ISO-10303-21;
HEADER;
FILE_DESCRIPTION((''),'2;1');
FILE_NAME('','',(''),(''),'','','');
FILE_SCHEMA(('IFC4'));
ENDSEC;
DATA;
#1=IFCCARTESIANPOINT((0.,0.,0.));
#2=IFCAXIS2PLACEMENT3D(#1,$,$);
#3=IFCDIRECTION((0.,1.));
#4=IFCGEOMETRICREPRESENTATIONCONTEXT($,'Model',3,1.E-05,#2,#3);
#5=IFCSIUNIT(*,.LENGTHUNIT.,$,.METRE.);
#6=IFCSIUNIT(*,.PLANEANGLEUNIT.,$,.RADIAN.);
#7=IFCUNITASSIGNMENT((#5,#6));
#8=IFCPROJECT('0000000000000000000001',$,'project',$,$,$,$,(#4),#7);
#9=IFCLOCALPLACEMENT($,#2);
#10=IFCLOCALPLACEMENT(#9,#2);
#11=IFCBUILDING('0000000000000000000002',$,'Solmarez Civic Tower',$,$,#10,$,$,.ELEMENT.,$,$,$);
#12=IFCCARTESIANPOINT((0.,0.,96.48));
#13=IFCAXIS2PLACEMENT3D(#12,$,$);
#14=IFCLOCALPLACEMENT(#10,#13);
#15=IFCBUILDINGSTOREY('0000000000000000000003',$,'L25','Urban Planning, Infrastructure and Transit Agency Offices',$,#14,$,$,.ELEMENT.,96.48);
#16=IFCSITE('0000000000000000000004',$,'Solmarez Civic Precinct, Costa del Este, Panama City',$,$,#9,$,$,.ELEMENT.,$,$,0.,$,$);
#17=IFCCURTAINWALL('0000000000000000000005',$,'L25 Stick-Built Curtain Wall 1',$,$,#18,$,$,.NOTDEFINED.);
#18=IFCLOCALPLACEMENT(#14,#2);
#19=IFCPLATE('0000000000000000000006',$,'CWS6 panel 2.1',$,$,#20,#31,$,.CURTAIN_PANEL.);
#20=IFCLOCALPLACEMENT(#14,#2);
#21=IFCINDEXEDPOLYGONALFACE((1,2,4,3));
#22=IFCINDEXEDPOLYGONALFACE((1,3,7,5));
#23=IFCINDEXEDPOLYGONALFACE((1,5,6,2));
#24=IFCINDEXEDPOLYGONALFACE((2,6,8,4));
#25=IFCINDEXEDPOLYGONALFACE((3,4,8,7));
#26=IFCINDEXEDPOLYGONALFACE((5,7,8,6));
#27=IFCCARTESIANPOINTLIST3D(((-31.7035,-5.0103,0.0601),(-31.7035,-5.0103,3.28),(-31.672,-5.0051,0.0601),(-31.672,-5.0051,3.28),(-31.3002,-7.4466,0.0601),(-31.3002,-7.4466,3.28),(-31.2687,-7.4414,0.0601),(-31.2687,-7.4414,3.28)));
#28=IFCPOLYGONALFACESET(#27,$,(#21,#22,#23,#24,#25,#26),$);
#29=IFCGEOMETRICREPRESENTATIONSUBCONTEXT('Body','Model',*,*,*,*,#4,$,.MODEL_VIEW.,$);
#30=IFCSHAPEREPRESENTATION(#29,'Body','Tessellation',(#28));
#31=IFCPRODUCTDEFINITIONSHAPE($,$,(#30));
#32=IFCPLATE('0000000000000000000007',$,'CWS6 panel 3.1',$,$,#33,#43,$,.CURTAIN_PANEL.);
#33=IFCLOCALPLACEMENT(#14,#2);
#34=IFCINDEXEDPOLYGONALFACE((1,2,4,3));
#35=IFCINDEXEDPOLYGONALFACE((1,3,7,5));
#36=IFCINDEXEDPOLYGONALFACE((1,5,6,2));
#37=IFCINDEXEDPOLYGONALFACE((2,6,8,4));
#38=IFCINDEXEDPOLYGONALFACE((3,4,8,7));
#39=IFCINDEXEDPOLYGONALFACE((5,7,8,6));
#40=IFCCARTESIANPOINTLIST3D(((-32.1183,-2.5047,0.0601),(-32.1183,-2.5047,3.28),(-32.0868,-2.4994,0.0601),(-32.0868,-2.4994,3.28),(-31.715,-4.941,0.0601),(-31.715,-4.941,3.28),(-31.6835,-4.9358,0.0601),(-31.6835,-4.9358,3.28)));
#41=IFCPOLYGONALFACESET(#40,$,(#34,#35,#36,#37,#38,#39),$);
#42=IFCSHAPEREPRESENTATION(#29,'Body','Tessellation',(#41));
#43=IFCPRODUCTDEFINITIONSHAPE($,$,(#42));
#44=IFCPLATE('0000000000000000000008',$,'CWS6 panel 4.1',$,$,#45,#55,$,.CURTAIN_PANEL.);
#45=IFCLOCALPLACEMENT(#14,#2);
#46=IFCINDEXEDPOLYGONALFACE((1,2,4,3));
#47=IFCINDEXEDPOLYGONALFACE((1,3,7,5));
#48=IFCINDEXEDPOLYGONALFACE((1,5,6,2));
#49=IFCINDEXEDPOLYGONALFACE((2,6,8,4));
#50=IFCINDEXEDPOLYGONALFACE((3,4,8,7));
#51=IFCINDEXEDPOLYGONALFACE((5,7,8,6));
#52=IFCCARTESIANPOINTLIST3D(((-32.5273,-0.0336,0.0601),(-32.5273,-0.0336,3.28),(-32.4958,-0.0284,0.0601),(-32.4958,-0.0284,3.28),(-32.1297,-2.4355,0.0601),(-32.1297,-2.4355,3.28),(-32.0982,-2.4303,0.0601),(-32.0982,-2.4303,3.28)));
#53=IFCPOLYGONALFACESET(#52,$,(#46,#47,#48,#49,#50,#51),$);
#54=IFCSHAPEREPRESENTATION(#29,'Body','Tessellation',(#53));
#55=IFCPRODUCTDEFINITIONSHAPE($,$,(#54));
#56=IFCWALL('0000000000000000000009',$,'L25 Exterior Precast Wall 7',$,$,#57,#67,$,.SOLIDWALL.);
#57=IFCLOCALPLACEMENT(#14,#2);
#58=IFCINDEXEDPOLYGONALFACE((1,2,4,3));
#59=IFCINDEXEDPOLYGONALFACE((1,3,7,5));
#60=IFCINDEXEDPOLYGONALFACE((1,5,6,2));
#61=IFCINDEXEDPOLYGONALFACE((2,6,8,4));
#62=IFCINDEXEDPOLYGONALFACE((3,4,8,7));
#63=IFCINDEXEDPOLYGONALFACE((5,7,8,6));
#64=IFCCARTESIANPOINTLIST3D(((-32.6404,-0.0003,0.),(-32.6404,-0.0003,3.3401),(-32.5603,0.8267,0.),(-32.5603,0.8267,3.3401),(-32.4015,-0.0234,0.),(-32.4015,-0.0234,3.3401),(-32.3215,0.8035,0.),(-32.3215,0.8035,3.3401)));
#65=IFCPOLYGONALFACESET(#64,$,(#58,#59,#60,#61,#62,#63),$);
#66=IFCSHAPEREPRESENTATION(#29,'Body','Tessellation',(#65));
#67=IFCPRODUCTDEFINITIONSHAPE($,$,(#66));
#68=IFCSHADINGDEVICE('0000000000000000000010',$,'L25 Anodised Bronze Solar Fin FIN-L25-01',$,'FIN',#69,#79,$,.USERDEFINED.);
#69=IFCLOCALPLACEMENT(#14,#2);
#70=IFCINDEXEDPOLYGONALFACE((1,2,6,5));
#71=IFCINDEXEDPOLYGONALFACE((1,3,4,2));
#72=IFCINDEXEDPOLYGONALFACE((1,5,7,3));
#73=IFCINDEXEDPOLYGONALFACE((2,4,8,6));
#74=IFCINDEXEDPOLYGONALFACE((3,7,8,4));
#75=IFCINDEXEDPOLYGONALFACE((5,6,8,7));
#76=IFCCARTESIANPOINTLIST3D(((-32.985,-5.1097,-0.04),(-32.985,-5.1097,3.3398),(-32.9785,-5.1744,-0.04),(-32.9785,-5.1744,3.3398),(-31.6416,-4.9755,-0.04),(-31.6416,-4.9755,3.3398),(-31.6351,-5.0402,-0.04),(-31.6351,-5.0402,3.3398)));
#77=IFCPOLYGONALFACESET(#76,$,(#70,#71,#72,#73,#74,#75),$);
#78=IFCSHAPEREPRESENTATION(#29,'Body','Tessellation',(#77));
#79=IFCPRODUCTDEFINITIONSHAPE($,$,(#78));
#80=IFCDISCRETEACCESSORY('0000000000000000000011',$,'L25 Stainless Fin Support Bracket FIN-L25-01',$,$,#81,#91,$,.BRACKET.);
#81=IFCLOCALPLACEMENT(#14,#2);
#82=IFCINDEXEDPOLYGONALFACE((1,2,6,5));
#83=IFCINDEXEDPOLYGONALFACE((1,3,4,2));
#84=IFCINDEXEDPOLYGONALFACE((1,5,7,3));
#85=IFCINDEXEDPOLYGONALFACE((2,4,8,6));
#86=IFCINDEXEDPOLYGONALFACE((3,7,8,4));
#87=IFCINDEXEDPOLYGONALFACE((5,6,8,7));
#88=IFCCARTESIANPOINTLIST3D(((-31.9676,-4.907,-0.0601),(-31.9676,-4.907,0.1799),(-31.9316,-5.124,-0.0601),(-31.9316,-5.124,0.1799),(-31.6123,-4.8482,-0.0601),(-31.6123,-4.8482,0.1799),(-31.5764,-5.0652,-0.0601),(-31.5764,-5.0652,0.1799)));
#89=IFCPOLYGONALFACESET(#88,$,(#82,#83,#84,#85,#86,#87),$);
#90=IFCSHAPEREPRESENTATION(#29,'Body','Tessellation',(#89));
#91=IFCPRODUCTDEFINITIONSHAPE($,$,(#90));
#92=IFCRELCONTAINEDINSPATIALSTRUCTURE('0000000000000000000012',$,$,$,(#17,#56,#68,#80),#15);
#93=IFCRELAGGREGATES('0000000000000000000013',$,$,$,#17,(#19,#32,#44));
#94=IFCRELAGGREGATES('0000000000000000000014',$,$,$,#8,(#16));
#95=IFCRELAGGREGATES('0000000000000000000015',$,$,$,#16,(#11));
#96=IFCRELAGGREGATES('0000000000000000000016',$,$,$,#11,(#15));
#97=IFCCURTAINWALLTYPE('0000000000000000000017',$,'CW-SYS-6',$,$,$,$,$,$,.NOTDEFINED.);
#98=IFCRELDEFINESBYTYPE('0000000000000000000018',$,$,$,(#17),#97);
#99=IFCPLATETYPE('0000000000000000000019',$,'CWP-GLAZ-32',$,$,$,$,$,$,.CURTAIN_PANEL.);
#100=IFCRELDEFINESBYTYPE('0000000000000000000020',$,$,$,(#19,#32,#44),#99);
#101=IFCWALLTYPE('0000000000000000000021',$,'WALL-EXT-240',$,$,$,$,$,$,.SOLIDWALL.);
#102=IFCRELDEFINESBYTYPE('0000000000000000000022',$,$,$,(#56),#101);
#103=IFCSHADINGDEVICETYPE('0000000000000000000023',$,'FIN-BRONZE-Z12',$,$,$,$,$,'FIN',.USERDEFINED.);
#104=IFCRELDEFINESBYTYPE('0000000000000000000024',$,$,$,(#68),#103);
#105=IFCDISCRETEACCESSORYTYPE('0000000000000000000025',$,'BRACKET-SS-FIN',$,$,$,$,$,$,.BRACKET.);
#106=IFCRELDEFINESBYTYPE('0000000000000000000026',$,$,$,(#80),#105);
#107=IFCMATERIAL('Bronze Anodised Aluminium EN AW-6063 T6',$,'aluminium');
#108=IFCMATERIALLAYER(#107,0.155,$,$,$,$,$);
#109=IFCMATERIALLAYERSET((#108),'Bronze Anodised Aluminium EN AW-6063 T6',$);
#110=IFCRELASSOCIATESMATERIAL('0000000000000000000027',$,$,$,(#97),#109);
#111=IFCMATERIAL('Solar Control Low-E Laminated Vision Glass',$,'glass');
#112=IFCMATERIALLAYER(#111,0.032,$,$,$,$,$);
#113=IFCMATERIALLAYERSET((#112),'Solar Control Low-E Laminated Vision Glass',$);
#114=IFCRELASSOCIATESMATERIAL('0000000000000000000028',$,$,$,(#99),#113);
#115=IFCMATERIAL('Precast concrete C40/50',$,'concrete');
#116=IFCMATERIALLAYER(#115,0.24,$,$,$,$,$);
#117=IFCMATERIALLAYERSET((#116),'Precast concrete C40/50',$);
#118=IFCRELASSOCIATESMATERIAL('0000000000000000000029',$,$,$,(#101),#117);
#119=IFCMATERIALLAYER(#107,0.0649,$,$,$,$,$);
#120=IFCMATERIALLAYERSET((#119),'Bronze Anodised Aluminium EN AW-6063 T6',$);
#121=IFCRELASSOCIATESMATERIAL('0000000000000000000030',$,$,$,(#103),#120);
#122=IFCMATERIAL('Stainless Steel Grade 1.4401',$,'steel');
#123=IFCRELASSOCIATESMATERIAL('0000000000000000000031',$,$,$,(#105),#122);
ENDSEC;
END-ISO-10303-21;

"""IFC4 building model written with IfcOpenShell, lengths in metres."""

from ifc_helpers import new_model, si_unit, direction, frame, frame_2d, origin, origin_2d, place, context, subcontext, project, spatial, rectangle, extrude, material, layer, layer_set, type_object, element, aggregate, save


model = new_model("IFC4")

# Units and contexts
model_context = context("Model", 3, precision=1e-05, world=origin(), true_north=direction((0.0, 1.0)))
body_context = subcontext(model_context, "Body", "Model", "MODEL_VIEW")
ifc_project = project(units=[si_unit("LENGTHUNIT", "METRE"), si_unit("PLANEANGLEUNIT", "RADIAN")], contexts=[model_context])

# Site, building, storey
site_placement = place(None, origin())
site = spatial("IfcSite", under=ifc_project, at=site_placement, Name="Solmarez Civic Precinct, Costa del Este, Panama City", CompositionType="ELEMENT", RefElevation=0.0)
building_placement = place(site_placement, origin())
building = spatial("IfcBuilding", under=site, at=building_placement, Name="Solmarez Civic Tower", CompositionType="ELEMENT")
storey_placement = place(building_placement, frame((0.0, 0.0, 96.48)))
storey = spatial("IfcBuildingStorey", under=building, at=storey_placement, Name="L25", Description="Urban Planning, Infrastructure and Transit Agency Offices", CompositionType="ELEMENT", Elevation=96.48)

# Curtain wall, plates
ifc_material_1 = material(Name="Bronze Anodised Aluminium EN AW-6063 T6", Category="aluminium")
ifc_layer_1 = layer(ifc_material_1, 0.155)
ifc_layer_set_1 = layer_set([ifc_layer_1], Name="Bronze Anodised Aluminium EN AW-6063 T6")
curtain_wall_type = type_object("IfcCurtainWallType", Name="CW-SYS-6", PredefinedType="NOTDEFINED", material=ifc_layer_set_1)
curtain_wall_placement = place(storey_placement, origin())
curtain_wall = element("IfcCurtainWall", 1, at=curtain_wall_placement, inside=storey, type_object=curtain_wall_type, Name="L25 Stick-Built Curtain Wall 1", PredefinedType="NOTDEFINED")
ifc_material_2 = material(Name="Solar Control Low-E Laminated Vision Glass", Category="glass")
ifc_layer_2 = layer(ifc_material_2, 0.032)
ifc_layer_set_2 = layer_set([ifc_layer_2], Name="Solar Control Low-E Laminated Vision Glass")
plate_type = type_object("IfcPlateType", Name="CWP-GLAZ-32", PredefinedType="CURTAIN_PANEL", material=ifc_layer_set_2)
plate_1_placement = place(storey_placement, frame((-31.4861, -6.2258, 0.0601), z_axis=(0.0, 0.0, 1.0), x_axis=(-0.163313, 0.986574, 0.0)))
plate_1 = element("IfcPlate", 2, at=plate_1_placement, type_object=plate_type, Name="CWS6 panel 2.1", PredefinedType="CURTAIN_PANEL", context=body_context, shape_type="SweptSolid", body=[
    extrude(rectangle(XDim=2.4695, YDim=0.032, at=origin_2d()), origin(), (0.0, 0.0, 1.0), 3.22),
])
plate_2_placement = place(storey_placement, frame((-31.9009, -3.7202, 0.0601), z_axis=(0.0, 0.0, 1.0), x_axis=(-0.163313, 0.986574, 0.0)))
plate_2 = element("IfcPlate", 3, at=plate_2_placement, type_object=plate_type, Name="CWS6 panel 3.1", PredefinedType="CURTAIN_PANEL", context=body_context, shape_type="SweptSolid", body=[
    extrude(rectangle(XDim=2.4695, YDim=0.032, at=origin_2d()), origin(), (0.0, 0.0, 1.0), 3.22),
])
plate_3_placement = place(storey_placement, frame((-32.3127, -1.2319, 0.0601), z_axis=(0.0, 0.0, 1.0), x_axis=(-0.163313, 0.986574, 0.0)))
plate_3 = element("IfcPlate", 4, at=plate_3_placement, type_object=plate_type, Name="CWS6 panel 4.1", PredefinedType="CURTAIN_PANEL", context=body_context, shape_type="SweptSolid", body=[
    extrude(rectangle(XDim=2.4346, YDim=0.032, at=origin_2d()), origin(), (0.0, 0.0, 1.0), 3.22),
])
aggregate(curtain_wall, [plate_1, plate_2, plate_3])

# Wall
ifc_material_3 = material(Name="Precast concrete C40/50", Category="concrete")
ifc_layer_3 = layer(ifc_material_3, 0.24)
ifc_layer_set_3 = layer_set([ifc_layer_3], Name="Precast concrete C40/50")
wall_type = type_object("IfcWallType", Name="WALL-EXT-240", PredefinedType="SOLIDWALL", material=ifc_layer_set_3)
wall_placement = place(storey_placement, frame((-32.521, -0.012, 0.0), z_axis=(0.0, 0.0, 1.0), x_axis=(0.09639, 0.995344, 0.0)))
element("IfcWall", 5, at=wall_placement, inside=storey, type_object=wall_type, Name="L25 Exterior Precast Wall 7", PredefinedType="SOLIDWALL", context=body_context, shape_type="SweptSolid", body=[
    extrude(rectangle(XDim=0.8308, YDim=0.24, at=frame_2d((0.4155, 0.0))), origin(), (0.0, 0.0, 1.0), 3.3401),
])

# Shading device
ifc_layer_4 = layer(ifc_material_1, 0.0649)
ifc_layer_set_4 = layer_set([ifc_layer_4], Name="Bronze Anodised Aluminium EN AW-6063 T6")
shading_device_type = type_object("IfcShadingDeviceType", Name="FIN-BRONZE-Z12", ElementType="FIN", PredefinedType="USERDEFINED", material=ifc_layer_set_4)
shading_device_placement = place(storey_placement, frame((-32.3101, -5.075, -0.04), z_axis=(0.0, 0.0, 1.0), x_axis=(-0.995047, -0.099407, 0.0)))
element("IfcShadingDevice", 6, at=shading_device_placement, inside=storey, type_object=shading_device_type, Name="L25 Anodised Bronze Solar Fin FIN-L25-01", ObjectType="FIN", PredefinedType="USERDEFINED", context=body_context, shape_type="SweptSolid", body=[
    extrude(rectangle(XDim=1.3501, YDim=0.0649, at=origin_2d()), origin(), (0.0, 0.0, 1.0), 3.3799),
])

# Discrete accessory
ifc_material_4 = material(Name="Stainless Steel Grade 1.4401", Category="steel")
discrete_accessory_type = type_object("IfcDiscreteAccessoryType", Name="BRACKET-SS-FIN", PredefinedType="BRACKET", material=ifc_material_4)
discrete_accessory_placement = place(storey_placement, frame((-31.772, -4.9861, -0.0601), z_axis=(0.0, 0.0, 1.0), x_axis=(-0.98657, -0.16334, 0.0)))
element("IfcDiscreteAccessory", 7, at=discrete_accessory_placement, inside=storey, type_object=discrete_accessory_type, Name="L25 Stainless Fin Support Bracket FIN-L25-01", PredefinedType="BRACKET", context=body_context, shape_type="SweptSolid", body=[
    extrude(rectangle(XDim=0.3601, YDim=0.22, at=origin_2d()), origin(), (0.0, 0.0, 1.0), 0.24),
])

save(model, "model.ifc")
